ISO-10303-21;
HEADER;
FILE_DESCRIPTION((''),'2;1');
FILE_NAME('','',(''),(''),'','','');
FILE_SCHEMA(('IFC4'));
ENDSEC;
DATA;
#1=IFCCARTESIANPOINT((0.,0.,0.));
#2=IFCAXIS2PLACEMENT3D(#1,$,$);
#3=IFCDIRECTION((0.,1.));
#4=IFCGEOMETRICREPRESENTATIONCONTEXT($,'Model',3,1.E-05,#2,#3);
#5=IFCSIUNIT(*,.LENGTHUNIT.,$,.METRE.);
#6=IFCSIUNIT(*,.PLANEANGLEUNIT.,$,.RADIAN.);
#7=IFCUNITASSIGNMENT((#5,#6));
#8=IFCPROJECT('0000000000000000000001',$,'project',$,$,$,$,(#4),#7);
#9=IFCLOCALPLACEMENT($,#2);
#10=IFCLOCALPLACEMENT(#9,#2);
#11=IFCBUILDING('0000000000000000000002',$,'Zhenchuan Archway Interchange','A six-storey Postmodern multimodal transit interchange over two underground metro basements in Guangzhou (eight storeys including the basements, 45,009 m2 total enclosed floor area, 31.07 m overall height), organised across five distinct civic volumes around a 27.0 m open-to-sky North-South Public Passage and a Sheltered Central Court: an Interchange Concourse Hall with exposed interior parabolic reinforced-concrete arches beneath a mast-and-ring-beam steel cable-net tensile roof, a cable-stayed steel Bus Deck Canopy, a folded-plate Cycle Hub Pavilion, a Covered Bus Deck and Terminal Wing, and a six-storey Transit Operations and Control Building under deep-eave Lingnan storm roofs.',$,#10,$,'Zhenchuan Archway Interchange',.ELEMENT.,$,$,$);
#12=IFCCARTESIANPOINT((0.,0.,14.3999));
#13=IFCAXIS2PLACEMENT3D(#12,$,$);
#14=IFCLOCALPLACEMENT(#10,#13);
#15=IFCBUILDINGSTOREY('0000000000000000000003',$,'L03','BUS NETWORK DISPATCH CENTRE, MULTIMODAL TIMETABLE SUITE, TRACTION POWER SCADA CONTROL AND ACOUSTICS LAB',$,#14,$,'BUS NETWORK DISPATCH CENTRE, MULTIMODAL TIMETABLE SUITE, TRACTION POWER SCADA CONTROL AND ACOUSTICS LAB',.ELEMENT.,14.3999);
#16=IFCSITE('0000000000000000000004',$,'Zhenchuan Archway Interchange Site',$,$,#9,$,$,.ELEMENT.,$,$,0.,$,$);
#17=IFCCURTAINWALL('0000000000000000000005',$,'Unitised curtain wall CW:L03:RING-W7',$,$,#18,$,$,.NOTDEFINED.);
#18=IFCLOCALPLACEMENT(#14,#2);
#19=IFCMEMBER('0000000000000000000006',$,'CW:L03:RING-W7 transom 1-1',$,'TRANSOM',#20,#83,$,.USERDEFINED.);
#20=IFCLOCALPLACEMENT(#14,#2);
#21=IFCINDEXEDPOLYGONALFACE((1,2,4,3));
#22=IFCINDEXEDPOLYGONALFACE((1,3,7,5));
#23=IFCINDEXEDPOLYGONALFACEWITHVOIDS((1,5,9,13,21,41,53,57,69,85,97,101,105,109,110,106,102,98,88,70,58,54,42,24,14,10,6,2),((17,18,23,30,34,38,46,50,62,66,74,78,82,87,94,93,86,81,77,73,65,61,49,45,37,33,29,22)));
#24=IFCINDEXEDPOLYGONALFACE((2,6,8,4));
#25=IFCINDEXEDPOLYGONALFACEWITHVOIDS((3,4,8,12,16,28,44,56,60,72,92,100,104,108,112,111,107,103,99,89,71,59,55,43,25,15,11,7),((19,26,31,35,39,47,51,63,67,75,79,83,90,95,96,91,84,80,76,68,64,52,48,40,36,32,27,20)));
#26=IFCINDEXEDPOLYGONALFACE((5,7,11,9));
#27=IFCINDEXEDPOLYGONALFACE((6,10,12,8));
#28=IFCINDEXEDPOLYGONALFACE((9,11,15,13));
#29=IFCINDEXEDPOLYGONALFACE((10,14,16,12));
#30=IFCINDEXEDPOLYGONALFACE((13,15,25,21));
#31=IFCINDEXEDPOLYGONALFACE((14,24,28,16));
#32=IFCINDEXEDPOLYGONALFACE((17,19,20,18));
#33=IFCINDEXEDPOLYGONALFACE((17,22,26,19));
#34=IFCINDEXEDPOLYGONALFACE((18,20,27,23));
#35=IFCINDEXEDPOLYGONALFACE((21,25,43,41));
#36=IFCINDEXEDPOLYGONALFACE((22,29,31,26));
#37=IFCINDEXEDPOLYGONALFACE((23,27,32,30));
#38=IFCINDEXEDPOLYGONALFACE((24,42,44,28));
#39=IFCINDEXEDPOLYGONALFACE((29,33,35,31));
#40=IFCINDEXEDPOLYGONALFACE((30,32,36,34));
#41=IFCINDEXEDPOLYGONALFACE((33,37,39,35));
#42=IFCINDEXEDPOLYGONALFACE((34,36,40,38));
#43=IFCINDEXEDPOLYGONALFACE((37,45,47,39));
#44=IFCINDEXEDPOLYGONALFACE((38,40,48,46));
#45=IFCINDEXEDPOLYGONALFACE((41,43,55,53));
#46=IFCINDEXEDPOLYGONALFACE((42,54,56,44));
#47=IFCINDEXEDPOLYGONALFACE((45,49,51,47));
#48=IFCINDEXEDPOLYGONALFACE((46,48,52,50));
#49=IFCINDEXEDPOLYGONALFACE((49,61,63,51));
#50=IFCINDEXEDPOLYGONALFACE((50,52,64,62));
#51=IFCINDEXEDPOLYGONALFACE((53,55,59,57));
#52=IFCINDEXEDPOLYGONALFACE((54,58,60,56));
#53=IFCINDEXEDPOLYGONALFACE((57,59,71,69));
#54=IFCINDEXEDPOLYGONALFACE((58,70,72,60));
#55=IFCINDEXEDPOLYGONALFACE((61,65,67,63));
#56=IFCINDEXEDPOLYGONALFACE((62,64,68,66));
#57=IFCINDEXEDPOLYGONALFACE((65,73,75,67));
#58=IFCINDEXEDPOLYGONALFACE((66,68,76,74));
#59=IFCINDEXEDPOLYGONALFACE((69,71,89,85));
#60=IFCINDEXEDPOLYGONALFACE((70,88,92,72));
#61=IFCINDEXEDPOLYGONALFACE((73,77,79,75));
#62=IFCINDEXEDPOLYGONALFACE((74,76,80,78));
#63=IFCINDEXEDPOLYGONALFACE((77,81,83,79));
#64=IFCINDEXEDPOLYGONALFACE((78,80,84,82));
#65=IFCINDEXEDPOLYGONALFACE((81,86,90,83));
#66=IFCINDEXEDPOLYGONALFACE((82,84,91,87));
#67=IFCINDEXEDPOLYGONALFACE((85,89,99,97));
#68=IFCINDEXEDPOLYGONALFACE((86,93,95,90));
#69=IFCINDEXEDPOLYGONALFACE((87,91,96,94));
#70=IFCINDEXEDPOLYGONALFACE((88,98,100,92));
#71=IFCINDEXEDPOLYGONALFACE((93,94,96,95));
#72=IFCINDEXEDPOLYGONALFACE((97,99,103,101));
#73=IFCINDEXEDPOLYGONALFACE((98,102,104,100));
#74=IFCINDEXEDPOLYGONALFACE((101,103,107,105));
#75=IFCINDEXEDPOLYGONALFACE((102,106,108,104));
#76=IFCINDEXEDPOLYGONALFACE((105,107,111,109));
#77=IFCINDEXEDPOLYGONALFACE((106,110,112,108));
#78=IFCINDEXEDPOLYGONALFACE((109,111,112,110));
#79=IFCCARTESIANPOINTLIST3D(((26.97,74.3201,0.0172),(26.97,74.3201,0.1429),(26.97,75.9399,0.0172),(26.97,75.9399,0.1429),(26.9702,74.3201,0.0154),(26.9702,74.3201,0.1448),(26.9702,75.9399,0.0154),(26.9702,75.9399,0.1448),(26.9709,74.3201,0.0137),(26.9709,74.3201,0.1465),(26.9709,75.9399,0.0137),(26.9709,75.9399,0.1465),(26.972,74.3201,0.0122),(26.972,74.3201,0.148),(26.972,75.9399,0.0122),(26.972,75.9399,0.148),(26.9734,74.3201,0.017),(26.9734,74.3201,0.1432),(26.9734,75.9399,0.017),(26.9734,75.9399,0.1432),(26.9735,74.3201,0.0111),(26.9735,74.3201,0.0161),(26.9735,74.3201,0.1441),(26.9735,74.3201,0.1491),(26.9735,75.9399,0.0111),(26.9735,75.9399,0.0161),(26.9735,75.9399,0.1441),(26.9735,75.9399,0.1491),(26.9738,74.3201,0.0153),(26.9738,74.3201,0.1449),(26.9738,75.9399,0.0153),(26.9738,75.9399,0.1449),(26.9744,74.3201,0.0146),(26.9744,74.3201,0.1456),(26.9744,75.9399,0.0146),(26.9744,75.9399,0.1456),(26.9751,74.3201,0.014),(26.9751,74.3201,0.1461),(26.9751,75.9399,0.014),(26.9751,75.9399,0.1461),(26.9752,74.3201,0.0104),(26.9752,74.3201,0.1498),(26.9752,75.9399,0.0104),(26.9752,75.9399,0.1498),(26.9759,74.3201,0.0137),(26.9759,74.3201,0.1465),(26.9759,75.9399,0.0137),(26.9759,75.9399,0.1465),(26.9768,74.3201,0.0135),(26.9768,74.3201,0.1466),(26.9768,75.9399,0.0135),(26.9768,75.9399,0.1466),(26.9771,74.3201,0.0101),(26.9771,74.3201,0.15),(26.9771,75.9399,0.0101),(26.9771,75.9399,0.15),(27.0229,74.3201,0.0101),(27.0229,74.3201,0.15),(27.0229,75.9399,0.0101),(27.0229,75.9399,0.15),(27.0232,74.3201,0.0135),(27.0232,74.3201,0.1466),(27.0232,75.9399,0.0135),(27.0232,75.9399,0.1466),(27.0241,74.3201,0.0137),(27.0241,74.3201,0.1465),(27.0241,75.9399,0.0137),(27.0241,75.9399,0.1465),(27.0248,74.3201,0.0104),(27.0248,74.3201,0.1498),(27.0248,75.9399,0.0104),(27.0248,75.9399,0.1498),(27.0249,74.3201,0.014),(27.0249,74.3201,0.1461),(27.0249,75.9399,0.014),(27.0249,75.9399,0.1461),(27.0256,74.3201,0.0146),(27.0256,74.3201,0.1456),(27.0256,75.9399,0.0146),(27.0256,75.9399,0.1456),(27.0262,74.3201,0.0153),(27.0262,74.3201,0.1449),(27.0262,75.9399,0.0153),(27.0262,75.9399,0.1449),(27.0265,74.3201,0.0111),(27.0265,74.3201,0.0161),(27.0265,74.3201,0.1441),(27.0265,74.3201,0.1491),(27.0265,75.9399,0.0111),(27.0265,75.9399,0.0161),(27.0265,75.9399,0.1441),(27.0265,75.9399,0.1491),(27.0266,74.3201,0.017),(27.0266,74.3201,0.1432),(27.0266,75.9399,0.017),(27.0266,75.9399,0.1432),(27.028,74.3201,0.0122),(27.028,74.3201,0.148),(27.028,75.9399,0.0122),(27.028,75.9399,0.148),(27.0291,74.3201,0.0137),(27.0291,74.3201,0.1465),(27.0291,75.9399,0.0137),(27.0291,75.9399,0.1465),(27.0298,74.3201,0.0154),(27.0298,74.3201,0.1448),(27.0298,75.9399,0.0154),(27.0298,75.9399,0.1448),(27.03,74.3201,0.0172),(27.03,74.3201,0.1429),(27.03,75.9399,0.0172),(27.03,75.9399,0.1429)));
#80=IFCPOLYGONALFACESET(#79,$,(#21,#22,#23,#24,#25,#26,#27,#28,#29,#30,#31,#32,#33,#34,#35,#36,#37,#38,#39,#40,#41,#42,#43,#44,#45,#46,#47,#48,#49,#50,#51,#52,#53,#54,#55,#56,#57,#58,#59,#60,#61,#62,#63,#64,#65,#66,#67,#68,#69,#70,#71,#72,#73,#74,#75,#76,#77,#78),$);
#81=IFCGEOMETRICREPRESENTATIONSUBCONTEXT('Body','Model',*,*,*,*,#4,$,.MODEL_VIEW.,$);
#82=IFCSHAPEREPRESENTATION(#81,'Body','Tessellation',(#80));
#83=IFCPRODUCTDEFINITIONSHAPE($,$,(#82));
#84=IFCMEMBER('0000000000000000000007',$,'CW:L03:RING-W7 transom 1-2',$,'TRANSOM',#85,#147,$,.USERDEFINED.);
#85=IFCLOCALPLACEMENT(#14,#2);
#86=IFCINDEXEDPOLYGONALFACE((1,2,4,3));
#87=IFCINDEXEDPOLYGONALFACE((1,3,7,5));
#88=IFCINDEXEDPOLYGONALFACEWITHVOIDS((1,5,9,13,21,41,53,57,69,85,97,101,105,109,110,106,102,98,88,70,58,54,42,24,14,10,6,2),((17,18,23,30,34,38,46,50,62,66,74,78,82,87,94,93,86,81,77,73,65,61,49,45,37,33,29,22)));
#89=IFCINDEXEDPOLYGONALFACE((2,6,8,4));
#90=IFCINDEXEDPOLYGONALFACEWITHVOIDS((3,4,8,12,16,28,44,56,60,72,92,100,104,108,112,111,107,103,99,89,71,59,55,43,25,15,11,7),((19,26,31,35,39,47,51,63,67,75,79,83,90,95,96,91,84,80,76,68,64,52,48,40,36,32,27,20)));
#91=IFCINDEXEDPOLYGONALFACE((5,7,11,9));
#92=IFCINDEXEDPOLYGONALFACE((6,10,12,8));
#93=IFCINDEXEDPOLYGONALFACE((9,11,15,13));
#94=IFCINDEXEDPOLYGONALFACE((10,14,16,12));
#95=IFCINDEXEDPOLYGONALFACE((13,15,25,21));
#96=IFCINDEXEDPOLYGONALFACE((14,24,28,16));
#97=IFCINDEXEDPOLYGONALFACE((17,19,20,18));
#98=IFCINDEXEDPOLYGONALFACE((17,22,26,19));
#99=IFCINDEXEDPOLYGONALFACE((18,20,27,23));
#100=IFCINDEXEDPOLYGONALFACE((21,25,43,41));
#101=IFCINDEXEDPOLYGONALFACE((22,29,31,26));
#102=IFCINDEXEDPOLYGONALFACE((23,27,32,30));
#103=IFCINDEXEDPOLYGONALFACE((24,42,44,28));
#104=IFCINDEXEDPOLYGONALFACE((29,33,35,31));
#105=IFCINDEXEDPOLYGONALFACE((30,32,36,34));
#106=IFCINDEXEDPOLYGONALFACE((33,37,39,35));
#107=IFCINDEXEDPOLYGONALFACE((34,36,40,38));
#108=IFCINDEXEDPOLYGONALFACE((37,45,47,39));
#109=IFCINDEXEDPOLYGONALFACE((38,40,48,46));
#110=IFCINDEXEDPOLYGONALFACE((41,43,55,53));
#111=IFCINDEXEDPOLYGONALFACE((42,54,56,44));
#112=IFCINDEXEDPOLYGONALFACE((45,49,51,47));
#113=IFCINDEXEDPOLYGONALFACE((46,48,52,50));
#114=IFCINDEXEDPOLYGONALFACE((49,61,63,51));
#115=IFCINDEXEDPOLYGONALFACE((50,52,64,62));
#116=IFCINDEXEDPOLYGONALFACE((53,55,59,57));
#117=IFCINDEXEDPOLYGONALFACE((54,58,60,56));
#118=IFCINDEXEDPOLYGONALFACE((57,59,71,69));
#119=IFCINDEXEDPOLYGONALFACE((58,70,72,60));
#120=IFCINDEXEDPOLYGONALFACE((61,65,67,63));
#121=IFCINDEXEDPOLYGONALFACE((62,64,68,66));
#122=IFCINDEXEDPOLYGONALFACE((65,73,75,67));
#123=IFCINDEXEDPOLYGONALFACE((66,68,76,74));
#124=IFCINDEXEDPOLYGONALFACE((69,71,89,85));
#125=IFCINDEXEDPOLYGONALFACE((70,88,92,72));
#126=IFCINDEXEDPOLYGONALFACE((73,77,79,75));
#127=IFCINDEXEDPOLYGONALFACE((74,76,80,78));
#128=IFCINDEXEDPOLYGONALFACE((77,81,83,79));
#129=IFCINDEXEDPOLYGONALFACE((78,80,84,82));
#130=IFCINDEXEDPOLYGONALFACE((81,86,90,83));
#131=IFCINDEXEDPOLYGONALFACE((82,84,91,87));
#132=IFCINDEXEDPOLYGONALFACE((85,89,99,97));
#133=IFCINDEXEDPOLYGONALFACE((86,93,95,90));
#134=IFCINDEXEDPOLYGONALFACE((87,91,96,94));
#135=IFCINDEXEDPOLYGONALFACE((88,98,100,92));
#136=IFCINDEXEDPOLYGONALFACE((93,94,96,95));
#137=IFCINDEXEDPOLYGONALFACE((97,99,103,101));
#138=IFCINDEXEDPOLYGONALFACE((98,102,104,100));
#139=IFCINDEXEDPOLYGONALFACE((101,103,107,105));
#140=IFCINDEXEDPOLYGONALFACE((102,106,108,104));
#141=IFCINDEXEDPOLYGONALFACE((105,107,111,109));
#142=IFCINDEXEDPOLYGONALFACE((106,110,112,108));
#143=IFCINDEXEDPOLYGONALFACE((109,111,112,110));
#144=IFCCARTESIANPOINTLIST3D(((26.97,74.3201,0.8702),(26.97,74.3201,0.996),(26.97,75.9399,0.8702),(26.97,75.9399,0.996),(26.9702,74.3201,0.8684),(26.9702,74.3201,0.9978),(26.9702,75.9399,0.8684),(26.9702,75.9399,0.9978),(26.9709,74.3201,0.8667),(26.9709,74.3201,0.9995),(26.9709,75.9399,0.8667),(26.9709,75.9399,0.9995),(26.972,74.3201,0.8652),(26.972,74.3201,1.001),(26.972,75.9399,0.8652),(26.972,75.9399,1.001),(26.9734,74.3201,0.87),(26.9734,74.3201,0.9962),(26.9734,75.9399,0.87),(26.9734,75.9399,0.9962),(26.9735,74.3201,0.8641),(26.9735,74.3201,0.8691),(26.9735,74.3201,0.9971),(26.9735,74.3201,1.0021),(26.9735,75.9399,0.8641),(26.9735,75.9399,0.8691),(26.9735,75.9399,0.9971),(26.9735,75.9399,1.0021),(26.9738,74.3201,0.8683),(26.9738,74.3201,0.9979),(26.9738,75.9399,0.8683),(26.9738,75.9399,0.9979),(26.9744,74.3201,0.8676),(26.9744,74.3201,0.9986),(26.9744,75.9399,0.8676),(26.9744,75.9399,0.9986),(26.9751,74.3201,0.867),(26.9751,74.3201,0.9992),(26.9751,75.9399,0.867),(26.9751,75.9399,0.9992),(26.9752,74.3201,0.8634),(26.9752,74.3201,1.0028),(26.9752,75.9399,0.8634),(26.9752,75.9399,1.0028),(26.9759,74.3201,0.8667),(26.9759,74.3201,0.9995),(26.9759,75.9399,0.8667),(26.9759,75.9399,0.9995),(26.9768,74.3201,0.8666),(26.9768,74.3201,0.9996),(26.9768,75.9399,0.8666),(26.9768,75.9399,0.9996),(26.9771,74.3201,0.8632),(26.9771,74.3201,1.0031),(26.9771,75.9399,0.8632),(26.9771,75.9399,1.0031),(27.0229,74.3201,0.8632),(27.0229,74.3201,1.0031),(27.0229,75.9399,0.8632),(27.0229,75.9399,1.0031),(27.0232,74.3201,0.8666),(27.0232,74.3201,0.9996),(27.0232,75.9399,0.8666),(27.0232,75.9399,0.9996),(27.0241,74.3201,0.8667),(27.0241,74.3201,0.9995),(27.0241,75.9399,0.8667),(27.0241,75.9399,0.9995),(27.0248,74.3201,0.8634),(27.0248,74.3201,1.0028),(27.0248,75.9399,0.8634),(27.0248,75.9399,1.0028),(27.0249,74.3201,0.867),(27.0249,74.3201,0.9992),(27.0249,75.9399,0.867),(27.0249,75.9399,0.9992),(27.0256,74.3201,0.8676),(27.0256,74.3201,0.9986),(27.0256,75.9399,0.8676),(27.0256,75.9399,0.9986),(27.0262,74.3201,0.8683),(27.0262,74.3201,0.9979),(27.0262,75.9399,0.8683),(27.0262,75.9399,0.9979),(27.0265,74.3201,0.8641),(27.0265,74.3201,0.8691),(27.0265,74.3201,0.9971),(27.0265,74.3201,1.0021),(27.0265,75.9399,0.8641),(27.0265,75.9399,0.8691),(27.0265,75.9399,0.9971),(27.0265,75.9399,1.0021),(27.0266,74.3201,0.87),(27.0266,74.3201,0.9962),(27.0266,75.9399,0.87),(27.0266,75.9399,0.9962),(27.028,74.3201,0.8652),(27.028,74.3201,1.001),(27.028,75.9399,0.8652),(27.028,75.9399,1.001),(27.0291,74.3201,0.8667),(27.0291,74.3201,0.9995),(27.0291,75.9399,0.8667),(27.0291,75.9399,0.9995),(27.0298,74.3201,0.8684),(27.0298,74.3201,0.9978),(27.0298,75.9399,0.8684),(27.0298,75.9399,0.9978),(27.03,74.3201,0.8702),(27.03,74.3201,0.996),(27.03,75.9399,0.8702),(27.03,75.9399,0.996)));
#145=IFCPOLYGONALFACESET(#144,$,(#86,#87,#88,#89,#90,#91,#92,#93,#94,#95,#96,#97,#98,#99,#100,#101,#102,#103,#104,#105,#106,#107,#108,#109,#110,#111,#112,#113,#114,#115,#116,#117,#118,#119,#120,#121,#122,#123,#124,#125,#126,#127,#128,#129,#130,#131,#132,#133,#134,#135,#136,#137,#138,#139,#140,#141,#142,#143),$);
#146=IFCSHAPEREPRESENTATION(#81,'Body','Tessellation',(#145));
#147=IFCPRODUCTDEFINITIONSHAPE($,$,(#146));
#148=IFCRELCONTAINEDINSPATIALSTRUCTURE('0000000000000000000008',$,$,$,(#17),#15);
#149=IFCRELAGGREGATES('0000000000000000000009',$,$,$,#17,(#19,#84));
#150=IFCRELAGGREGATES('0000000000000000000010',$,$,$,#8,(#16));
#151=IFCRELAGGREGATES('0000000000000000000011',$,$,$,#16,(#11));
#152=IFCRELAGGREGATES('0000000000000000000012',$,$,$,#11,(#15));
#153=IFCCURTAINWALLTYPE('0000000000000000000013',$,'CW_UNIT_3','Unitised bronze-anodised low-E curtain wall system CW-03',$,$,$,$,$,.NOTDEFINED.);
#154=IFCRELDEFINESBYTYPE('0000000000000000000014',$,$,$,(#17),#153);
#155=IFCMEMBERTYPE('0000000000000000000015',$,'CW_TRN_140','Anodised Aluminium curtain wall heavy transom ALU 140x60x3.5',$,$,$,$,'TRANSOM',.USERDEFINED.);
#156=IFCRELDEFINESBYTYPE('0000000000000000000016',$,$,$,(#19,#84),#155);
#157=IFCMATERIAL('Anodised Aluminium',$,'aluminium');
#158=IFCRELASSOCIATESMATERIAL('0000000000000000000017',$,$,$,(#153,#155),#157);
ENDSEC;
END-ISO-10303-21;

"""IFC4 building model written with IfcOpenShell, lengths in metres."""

from ifc_helpers import new_model, si_unit, direction, frame, origin, origin_2d, place, context, subcontext, project, spatial, hollow_rectangle, extrude, material, material_profile, profile_set, type_object, element, aggregate, save


model = new_model("IFC4")

# Units and contexts
model_context = context("Model", 3, precision=1e-05, world=origin(), true_north=direction((0.0, 1.0)))
body_context = subcontext(model_context, "Body", "Model", "MODEL_VIEW")
ifc_project = project(units=[si_unit("LENGTHUNIT", "METRE"), si_unit("PLANEANGLEUNIT", "RADIAN")], contexts=[model_context])

# Site, building, storey
site_placement = place(None, origin())
site = spatial("IfcSite", under=ifc_project, at=site_placement, Name="Zhenchuan Archway Interchange Site", CompositionType="ELEMENT", RefElevation=0.0)
building_placement = place(site_placement, origin())
building = spatial("IfcBuilding", under=site, at=building_placement, Name="Zhenchuan Archway Interchange", Description="A six-storey Postmodern multimodal transit interchange over two underground metro basements in Guangzhou (eight storeys including the basements, 45,009 m2 total enclosed floor area, 31.07 m overall height), organised across five distinct civic volumes around a 27.0 m open-to-sky North-South Public Passage and a Sheltered Central Court: an Interchange Concourse Hall with exposed interior parabolic reinforced-concrete arches beneath a mast-and-ring-beam steel cable-net tensile roof, a cable-stayed steel Bus Deck Canopy, a folded-plate Cycle Hub Pavilion, a Covered Bus Deck and Terminal Wing, and a six-storey Transit Operations and Control Building under deep-eave Lingnan storm roofs.", LongName="Zhenchuan Archway Interchange", CompositionType="ELEMENT")
storey_placement = place(building_placement, frame((0.0, 0.0, 14.3999)))
storey = spatial("IfcBuildingStorey", under=building, at=storey_placement, Name="L03", Description="BUS NETWORK DISPATCH CENTRE, MULTIMODAL TIMETABLE SUITE, TRACTION POWER SCADA CONTROL AND ACOUSTICS LAB", LongName="BUS NETWORK DISPATCH CENTRE, MULTIMODAL TIMETABLE SUITE, TRACTION POWER SCADA CONTROL AND ACOUSTICS LAB", CompositionType="ELEMENT", Elevation=14.3999)

# Curtain wall, members
ifc_material_1 = material(Name="Anodised Aluminium", Category="aluminium")
curtain_wall_type = type_object("IfcCurtainWallType", Name="CW_UNIT_3", Description="Unitised bronze-anodised low-E curtain wall system CW-03", PredefinedType="NOTDEFINED", material=ifc_material_1)
curtain_wall_placement = place(storey_placement, origin())
curtain_wall = element("IfcCurtainWall", 1, at=curtain_wall_placement, inside=storey, type_object=curtain_wall_type, Name="Unitised curtain wall CW:L03:RING-W7", PredefinedType="NOTDEFINED")
ifc_material_profile_1 = material_profile(ifc_material_1, hollow_rectangle(XDim=0.0601, YDim=0.1399, WallThickness=0.0034, InnerFilletRadius=0.0034, OuterFilletRadius=0.0071, at=origin_2d()), Name="ALU 140x60x3.5")
ifc_profile_set_1 = profile_set([ifc_material_profile_1], Name="Anodised Aluminium")
member_type_1 = type_object("IfcMemberType", Name="CW_TRN_140", Description="Anodised Aluminium curtain wall heavy transom ALU 140x60x3.5", ElementType="TRANSOM", PredefinedType="USERDEFINED", material=ifc_profile_set_1)
member_1_placement = place(storey_placement, frame((27.0, 74.3201, 0.0801), z_axis=(0.0, 1.0, 0.0), x_axis=(-1.0, 0.0, 0.0)))
member_1 = element("IfcMember", 2, at=member_1_placement, type_object=member_type_1, Name="CW:L03:RING-W7 transom 1-1", ObjectType="TRANSOM", PredefinedType="USERDEFINED", context=body_context, shape_type="SweptSolid", body=[
    extrude(hollow_rectangle(XDim=0.0601, YDim=0.1399, WallThickness=0.0034, InnerFilletRadius=0.0034, OuterFilletRadius=0.0071, at=origin_2d()), origin(), (0.0, 0.0, 1.0), 1.6199),
])
member_2_placement = place(storey_placement, frame((27.0, 74.3201, 0.9331), z_axis=(0.0, 1.0, 0.0), x_axis=(-1.0, 0.0, 0.0)))
member_2 = element("IfcMember", 3, at=member_2_placement, type_object=member_type_1, Name="CW:L03:RING-W7 transom 1-2", ObjectType="TRANSOM", PredefinedType="USERDEFINED", context=body_context, shape_type="SweptSolid", body=[
    extrude(hollow_rectangle(XDim=0.0601, YDim=0.1399, WallThickness=0.0034, InnerFilletRadius=0.0034, OuterFilletRadius=0.0071, at=origin_2d()), origin(), (0.0, 0.0, 1.0), 1.6199),
])

aggregate(curtain_wall, [member_1, member_2])

save(model, "model.ifc")
